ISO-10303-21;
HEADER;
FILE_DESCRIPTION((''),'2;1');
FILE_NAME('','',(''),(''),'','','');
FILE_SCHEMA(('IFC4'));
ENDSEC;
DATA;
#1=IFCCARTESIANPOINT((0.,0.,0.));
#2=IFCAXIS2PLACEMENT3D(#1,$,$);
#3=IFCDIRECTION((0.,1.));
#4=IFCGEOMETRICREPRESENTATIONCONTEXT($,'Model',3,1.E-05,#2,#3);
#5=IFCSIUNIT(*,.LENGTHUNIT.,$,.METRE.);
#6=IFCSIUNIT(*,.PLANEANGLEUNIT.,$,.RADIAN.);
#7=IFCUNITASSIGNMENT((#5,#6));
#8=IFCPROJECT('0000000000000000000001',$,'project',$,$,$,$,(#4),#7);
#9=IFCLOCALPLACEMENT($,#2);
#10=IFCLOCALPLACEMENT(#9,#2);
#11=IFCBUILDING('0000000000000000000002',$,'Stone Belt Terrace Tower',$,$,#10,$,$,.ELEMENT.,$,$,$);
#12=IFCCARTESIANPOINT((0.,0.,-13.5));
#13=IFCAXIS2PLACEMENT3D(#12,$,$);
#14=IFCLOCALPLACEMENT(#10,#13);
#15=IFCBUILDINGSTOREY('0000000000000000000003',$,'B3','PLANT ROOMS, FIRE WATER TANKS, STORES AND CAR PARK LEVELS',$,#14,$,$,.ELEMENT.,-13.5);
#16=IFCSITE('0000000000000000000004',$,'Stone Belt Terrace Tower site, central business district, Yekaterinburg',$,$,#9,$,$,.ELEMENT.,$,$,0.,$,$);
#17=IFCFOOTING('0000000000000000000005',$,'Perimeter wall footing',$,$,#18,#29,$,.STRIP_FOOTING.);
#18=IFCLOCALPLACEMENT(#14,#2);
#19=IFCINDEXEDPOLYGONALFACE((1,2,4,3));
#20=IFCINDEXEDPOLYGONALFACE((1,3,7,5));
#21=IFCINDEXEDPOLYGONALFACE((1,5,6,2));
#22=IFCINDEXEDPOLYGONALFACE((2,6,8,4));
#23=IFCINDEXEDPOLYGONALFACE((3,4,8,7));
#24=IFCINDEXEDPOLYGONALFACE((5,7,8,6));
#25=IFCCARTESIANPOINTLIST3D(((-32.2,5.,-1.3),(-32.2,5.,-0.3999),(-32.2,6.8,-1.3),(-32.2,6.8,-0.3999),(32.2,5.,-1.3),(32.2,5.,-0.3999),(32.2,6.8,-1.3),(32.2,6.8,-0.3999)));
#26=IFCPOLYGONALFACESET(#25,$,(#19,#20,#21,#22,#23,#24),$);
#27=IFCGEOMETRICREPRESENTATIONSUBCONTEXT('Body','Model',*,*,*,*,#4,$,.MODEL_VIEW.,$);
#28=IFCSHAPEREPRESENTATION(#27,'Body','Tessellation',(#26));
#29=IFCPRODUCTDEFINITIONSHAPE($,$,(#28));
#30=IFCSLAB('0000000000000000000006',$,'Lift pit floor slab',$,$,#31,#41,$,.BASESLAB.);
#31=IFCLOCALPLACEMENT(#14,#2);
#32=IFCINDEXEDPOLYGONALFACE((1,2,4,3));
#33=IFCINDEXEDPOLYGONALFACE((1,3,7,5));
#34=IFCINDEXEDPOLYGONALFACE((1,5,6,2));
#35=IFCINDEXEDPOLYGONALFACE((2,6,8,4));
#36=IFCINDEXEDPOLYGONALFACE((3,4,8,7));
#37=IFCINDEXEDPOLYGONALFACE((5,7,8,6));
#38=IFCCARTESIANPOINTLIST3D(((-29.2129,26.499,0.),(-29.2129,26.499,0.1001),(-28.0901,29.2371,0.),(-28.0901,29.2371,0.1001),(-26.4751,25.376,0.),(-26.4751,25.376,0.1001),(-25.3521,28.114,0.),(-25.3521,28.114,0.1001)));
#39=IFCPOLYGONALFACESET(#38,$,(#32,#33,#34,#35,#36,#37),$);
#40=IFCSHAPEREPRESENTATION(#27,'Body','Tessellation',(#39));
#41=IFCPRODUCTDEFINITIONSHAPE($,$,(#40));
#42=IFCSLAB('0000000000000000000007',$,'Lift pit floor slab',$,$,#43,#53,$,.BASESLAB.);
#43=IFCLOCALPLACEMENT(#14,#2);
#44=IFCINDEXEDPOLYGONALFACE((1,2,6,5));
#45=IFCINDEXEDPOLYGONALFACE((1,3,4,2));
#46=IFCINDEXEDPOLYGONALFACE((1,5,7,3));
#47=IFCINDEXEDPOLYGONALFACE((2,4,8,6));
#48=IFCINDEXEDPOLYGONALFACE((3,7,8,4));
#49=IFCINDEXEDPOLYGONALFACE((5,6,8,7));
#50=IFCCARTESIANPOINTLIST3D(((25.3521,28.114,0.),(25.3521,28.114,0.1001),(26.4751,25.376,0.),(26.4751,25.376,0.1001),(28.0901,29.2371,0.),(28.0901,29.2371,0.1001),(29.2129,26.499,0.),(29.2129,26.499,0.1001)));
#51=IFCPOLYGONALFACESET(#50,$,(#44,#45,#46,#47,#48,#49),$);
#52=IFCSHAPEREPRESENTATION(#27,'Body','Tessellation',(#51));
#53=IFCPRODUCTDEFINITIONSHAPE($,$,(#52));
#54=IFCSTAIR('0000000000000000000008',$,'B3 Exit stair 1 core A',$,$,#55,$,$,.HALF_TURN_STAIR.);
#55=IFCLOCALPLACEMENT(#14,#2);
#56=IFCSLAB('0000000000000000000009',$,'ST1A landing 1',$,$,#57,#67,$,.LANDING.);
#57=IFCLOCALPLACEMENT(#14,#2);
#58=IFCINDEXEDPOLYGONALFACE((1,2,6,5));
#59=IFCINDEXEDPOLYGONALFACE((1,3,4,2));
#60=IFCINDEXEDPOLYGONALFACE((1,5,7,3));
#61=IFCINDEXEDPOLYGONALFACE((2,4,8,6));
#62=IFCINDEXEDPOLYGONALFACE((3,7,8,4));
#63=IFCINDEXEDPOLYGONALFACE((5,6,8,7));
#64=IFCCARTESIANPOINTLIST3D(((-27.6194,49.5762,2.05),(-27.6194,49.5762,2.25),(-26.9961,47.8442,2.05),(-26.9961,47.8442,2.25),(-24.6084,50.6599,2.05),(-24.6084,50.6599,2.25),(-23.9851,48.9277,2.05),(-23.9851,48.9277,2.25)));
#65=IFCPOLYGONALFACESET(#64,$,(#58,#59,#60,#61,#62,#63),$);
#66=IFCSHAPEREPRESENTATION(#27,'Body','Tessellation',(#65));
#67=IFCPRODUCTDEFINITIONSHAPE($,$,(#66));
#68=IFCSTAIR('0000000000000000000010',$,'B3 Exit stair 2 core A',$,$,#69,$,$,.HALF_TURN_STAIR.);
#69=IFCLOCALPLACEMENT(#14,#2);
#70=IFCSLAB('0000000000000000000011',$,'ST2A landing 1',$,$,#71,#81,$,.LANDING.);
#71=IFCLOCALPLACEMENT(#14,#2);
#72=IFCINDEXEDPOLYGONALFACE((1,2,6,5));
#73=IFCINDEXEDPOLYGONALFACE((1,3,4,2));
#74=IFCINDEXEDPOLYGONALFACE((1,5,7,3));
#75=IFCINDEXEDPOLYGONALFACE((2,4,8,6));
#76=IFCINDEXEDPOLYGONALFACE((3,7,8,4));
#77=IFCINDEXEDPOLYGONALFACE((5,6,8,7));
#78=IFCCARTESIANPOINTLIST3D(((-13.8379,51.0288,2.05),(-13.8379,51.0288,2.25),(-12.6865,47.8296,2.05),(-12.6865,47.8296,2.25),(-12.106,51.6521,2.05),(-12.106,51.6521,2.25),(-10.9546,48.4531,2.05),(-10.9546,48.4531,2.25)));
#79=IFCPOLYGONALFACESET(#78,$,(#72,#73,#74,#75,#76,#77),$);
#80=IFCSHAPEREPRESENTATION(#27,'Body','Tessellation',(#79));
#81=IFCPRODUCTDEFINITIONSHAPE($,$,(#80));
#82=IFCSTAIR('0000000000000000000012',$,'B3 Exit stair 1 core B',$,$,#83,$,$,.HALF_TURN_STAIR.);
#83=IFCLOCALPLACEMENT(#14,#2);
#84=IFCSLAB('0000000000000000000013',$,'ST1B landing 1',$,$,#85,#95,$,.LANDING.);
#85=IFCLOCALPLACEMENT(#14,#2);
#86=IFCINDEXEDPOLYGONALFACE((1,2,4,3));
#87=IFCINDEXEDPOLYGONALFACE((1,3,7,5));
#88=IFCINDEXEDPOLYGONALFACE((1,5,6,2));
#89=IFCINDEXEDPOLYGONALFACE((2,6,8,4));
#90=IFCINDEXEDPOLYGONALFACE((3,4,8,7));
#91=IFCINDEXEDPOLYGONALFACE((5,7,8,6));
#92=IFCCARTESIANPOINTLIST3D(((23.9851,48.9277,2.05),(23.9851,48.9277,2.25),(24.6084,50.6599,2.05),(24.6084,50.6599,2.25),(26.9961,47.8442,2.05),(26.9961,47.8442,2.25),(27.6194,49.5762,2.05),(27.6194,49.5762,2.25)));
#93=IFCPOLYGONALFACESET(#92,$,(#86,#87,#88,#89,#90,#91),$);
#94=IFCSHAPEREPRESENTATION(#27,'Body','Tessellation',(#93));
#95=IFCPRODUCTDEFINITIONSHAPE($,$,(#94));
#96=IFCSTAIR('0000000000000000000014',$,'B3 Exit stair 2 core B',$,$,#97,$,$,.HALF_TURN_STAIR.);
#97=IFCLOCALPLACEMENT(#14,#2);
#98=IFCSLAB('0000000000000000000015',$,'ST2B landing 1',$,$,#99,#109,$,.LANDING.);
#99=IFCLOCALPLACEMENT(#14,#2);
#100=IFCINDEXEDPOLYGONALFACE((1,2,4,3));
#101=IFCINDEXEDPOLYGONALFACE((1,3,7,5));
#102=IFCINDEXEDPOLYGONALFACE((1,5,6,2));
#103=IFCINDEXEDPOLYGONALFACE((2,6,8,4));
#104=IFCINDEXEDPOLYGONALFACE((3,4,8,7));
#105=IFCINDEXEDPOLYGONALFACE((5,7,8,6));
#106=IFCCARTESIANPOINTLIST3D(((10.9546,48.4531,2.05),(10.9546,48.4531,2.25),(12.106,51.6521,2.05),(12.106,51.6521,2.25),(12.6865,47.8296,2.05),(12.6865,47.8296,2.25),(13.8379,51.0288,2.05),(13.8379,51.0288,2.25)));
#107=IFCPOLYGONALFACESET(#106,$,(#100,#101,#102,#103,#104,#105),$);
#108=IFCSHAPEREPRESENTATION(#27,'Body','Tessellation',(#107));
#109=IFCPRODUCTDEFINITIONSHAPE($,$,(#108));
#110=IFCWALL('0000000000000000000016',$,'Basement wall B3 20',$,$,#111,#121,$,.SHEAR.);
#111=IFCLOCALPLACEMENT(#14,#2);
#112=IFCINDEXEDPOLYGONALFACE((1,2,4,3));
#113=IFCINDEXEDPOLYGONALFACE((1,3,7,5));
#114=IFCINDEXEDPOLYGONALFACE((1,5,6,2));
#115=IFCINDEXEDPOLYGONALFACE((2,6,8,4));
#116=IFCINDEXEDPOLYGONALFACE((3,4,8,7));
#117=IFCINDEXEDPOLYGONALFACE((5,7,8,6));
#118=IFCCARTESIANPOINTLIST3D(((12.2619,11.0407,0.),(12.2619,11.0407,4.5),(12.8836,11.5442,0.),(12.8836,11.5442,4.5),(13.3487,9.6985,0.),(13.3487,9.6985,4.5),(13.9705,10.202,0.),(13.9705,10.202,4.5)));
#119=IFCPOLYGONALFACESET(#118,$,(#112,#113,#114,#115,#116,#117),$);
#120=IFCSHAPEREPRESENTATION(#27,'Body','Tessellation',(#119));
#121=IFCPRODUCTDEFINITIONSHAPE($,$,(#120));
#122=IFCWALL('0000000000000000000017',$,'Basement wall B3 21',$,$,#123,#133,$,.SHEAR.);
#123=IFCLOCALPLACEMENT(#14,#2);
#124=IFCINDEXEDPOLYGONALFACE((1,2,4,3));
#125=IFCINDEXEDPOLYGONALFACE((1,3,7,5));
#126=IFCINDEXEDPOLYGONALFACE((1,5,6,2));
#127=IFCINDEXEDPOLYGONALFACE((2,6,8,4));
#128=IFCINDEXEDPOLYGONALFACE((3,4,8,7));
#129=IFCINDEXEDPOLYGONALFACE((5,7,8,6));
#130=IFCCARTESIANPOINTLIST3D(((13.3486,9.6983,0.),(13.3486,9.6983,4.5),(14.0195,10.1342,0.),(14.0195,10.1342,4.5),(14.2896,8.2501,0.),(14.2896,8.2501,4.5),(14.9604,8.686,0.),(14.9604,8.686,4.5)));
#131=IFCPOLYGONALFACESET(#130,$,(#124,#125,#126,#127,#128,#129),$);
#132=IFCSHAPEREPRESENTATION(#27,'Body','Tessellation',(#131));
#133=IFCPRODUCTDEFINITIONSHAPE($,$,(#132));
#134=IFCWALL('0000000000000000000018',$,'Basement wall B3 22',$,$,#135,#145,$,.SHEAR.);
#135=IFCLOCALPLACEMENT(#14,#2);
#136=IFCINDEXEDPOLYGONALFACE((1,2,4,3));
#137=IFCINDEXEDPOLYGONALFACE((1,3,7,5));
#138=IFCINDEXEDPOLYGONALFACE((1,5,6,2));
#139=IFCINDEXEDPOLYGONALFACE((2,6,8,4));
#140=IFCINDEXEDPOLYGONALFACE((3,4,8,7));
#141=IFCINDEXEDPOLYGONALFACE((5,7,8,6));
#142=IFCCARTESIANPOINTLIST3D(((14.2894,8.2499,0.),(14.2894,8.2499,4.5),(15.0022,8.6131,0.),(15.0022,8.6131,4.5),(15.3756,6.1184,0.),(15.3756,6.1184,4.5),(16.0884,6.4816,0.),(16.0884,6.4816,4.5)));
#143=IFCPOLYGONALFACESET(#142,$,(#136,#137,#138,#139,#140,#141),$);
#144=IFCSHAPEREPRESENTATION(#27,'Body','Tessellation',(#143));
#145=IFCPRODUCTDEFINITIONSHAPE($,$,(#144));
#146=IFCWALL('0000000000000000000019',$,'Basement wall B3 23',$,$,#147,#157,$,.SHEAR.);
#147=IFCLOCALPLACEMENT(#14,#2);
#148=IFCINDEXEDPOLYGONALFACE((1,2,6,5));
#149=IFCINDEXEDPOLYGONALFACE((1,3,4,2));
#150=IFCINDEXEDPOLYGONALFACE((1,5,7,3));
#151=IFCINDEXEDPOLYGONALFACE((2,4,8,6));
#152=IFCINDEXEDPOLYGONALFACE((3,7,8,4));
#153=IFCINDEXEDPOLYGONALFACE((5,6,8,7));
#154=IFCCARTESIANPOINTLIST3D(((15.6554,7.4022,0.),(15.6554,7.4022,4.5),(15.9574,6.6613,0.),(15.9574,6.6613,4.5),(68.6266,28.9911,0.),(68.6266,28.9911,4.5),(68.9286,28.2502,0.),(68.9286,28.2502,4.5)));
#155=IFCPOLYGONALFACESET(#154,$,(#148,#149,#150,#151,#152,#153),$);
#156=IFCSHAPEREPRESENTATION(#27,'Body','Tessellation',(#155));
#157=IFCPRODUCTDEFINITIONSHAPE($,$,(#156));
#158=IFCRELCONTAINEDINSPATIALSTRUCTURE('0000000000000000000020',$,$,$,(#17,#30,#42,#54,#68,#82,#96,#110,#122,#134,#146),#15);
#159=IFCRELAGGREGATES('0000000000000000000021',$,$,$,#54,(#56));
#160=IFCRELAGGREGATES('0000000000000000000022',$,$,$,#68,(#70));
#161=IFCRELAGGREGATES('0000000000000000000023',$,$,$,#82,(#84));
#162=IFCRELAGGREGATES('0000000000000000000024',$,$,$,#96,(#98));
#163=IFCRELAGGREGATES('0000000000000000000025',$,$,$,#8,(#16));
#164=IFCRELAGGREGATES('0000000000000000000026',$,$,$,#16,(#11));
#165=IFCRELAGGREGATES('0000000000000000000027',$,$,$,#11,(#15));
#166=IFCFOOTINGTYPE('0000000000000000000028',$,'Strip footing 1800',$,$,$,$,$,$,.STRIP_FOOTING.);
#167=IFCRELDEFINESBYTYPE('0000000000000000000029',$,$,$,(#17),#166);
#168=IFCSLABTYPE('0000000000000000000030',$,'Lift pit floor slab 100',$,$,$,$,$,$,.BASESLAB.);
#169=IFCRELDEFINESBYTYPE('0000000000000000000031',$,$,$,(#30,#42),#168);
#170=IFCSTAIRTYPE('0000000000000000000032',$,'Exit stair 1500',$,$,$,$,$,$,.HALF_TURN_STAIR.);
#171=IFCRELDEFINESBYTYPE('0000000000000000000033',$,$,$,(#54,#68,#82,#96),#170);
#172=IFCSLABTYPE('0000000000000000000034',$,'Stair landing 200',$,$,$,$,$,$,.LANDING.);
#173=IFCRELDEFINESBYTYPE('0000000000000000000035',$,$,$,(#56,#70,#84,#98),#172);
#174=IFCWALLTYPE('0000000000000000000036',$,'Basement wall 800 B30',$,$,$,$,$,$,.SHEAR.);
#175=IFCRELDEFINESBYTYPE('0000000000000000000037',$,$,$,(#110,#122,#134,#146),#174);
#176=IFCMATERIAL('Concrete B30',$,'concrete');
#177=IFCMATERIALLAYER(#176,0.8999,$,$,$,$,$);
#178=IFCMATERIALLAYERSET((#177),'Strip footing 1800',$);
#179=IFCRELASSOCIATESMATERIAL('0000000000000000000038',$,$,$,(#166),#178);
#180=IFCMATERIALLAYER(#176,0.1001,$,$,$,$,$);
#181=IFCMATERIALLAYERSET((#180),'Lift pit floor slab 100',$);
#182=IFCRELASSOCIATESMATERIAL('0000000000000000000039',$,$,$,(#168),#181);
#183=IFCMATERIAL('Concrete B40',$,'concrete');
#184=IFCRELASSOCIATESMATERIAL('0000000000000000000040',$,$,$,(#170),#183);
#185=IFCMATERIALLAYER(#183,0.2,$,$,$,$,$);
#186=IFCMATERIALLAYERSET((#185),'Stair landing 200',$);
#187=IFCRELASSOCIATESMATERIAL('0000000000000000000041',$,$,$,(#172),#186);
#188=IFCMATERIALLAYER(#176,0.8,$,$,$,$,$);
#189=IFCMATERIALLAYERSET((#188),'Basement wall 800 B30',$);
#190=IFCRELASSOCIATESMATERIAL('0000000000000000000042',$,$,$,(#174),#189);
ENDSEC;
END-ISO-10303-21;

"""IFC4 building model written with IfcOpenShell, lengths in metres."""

from ifc_helpers import new_model, si_unit, direction, frame, frame_2d, origin, place, context, subcontext, project, spatial, polyline, rectangle, outline, extrude, material, layer, layer_set, type_object, element, aggregate, save


model = new_model("IFC4")

# Units and contexts
model_context = context("Model", 3, precision=1e-05, world=origin(), true_north=direction((0.0, 1.0)))
body_context = subcontext(model_context, "Body", "Model", "MODEL_VIEW")
ifc_project = project(units=[si_unit("LENGTHUNIT", "METRE"), si_unit("PLANEANGLEUNIT", "RADIAN")], contexts=[model_context])

# Site, building, storey
site_placement = place(None, origin())
site = spatial("IfcSite", under=ifc_project, at=site_placement, Name="Stone Belt Terrace Tower site, central business district, Yekaterinburg", CompositionType="ELEMENT", RefElevation=0.0)
building_placement = place(site_placement, origin())
building = spatial("IfcBuilding", under=site, at=building_placement, Name="Stone Belt Terrace Tower", CompositionType="ELEMENT")
storey_placement = place(building_placement, frame((0.0, 0.0, -13.5)))
storey = spatial("IfcBuildingStorey", under=building, at=storey_placement, Name="B3", Description="PLANT ROOMS, FIRE WATER TANKS, STORES AND CAR PARK LEVELS", CompositionType="ELEMENT", Elevation=-13.5)

# Footing
ifc_material_1 = material(Name="Concrete B30", Category="concrete")
ifc_layer_1 = layer(ifc_material_1, 0.8999)
ifc_layer_set_1 = layer_set([ifc_layer_1], Name="Strip footing 1800")
footing_type_1 = type_object("IfcFootingType", Name="Strip footing 1800", PredefinedType="STRIP_FOOTING", material=ifc_layer_set_1)
footing_1_placement = place(storey_placement, frame((0.0, 0.0, -1.3)))
element("IfcFooting", 1, at=footing_1_placement, inside=storey, type_object=footing_type_1, Name="Perimeter wall footing", PredefinedType="STRIP_FOOTING", context=body_context, shape_type="SweptSolid", body=[
    extrude(outline(polyline([(-32.2, 5.0), (32.2, 5.0), (32.2, 6.8), (-32.2, 6.8), (-32.2, 5.0)])), origin(), (0.0, 0.0, 1.0), 0.9001),
])

# Slabs
ifc_layer_2 = layer(ifc_material_1, 0.1001)
ifc_layer_set_2 = layer_set([ifc_layer_2], Name="Lift pit floor slab 100")
slab_type_1 = type_object("IfcSlabType", Name="Lift pit floor slab 100", PredefinedType="BASESLAB", material=ifc_layer_set_2)
slab_1_placement = place(storey_placement, origin())
element("IfcSlab", 2, at=slab_1_placement, inside=storey, type_object=slab_type_1, Name="Lift pit floor slab", PredefinedType="BASESLAB", context=body_context, shape_type="SweptSolid", body=[
    extrude(outline(polyline([(-29.2129, 26.499), (-28.0901, 29.2371), (-25.3521, 28.114), (-26.4751, 25.376), (-29.2129, 26.499)])), origin(), (0.0, 0.0, 1.0), 0.1001),
])
slab_2_placement = place(storey_placement, origin())
element("IfcSlab", 3, at=slab_2_placement, inside=storey, type_object=slab_type_1, Name="Lift pit floor slab", PredefinedType="BASESLAB", context=body_context, shape_type="SweptSolid", body=[
    extrude(outline(polyline([(25.3521, 28.114), (28.0901, 29.2371), (29.2129, 26.499), (26.4751, 25.376), (25.3521, 28.114)])), origin(), (0.0, 0.0, 1.0), 0.1001),
])

# Stairs, slabs
ifc_material_2 = material(Name="Concrete B40", Category="concrete")
stair_type = type_object("IfcStairType", Name="Exit stair 1500", PredefinedType="HALF_TURN_STAIR", material=ifc_material_2)
stair_1_placement = place(storey_placement, origin())
stair_1 = element("IfcStair", 4, at=stair_1_placement, inside=storey, type_object=stair_type, Name="B3 Exit stair 1 core A", PredefinedType="HALF_TURN_STAIR")
ifc_layer_3 = layer(ifc_material_2, 0.2)
ifc_layer_set_3 = layer_set([ifc_layer_3], Name="Stair landing 200")
slab_type_2 = type_object("IfcSlabType", Name="Stair landing 200", PredefinedType="LANDING", material=ifc_layer_set_3)
slab_3_placement = place(storey_placement, frame((0.0, 0.0, 2.05)))
slab_3 = element("IfcSlab", 5, at=slab_3_placement, type_object=slab_type_2, Name="ST1A landing 1", PredefinedType="LANDING", context=body_context, shape_type="SweptSolid", body=[
    extrude(outline(polyline([(-23.9851, 48.9277), (-24.6084, 50.6599), (-27.6194, 49.5762), (-26.9961, 47.8442), (-23.9851, 48.9277)])), origin(), (0.0, 0.0, 1.0), 0.2),
])
aggregate(stair_1, [slab_3])
stair_2_placement = place(storey_placement, origin())
stair_2 = element("IfcStair", 6, at=stair_2_placement, inside=storey, type_object=stair_type, Name="B3 Exit stair 2 core A", PredefinedType="HALF_TURN_STAIR")
slab_4_placement = place(storey_placement, frame((0.0, 0.0, 2.05)))
slab_4 = element("IfcSlab", 7, at=slab_4_placement, type_object=slab_type_2, Name="ST2A landing 1", PredefinedType="LANDING", context=body_context, shape_type="SweptSolid", body=[
    extrude(outline(polyline([(-12.6865, 47.8296), (-10.9546, 48.4531), (-12.106, 51.6521), (-13.8379, 51.0288), (-12.6865, 47.8296)])), origin(), (0.0, 0.0, 1.0), 0.2),
])
aggregate(stair_2, [slab_4])
stair_3_placement = place(storey_placement, origin())
stair_3 = element("IfcStair", 8, at=stair_3_placement, inside=storey, type_object=stair_type, Name="B3 Exit stair 1 core B", PredefinedType="HALF_TURN_STAIR")
slab_5_placement = place(storey_placement, frame((0.0, 0.0, 2.05)))
slab_5 = element("IfcSlab", 9, at=slab_5_placement, type_object=slab_type_2, Name="ST1B landing 1", PredefinedType="LANDING", context=body_context, shape_type="SweptSolid", body=[
    extrude(outline(polyline([(26.9961, 47.8442), (27.6194, 49.5762), (24.6084, 50.6599), (23.9851, 48.9277), (26.9961, 47.8442)])), origin(), (0.0, 0.0, 1.0), 0.2),
])
aggregate(stair_3, [slab_5])
stair_4_placement = place(storey_placement, origin())
stair_4 = element("IfcStair", 10, at=stair_4_placement, inside=storey, type_object=stair_type, Name="B3 Exit stair 2 core B", PredefinedType="HALF_TURN_STAIR")
slab_6_placement = place(storey_placement, frame((0.0, 0.0, 2.05)))
slab_6 = element("IfcSlab", 11, at=slab_6_placement, type_object=slab_type_2, Name="ST2B landing 1", PredefinedType="LANDING", context=body_context, shape_type="SweptSolid", body=[
    extrude(outline(polyline([(13.8379, 51.0288), (12.106, 51.6521), (10.9546, 48.4531), (12.6865, 47.8296), (13.8379, 51.0288)])), origin(), (0.0, 0.0, 1.0), 0.2),
])
aggregate(stair_4, [slab_6])

# Walls
ifc_layer_4 = layer(ifc_material_1, 0.8)
ifc_layer_set_4 = layer_set([ifc_layer_4], Name="Basement wall 800 B30")
wall_type = type_object("IfcWallType", Name="Basement wall 800 B30", PredefinedType="SHEAR", material=ifc_layer_set_4)
for number, where, z_axis, x_axis, name in (
    (12, (12.5728, 11.2925, 0.0), (0.0, 0.0, 1.0), (0.629304, -0.777159, 0.0), "Basement wall B3 20"),
    (13, (13.6841, 9.9163, 0.0), (0.0, 0.0, 1.0), (0.544809, -0.83856, 0.0), "Basement wall B3 21"),
):
    element("IfcWall", number, at=place(storey_placement, frame(where, z_axis=z_axis, x_axis=x_axis)), inside=storey, type_object=wall_type, Name=name, PredefinedType="SHEAR", context=body_context, shape_type="SweptSolid", body=[
        extrude(rectangle(XDim=1.7271, YDim=0.8, at=frame_2d((0.8635, 0.0))), origin(), (0.0, 0.0, 1.0), 4.5),
    ])
wall_1_placement = place(storey_placement, frame((14.6458, 8.4316, 0.0), z_axis=(0.0, 0.0, 1.0), x_axis=(0.454018, -0.890993, 0.0)))
element("IfcWall", 14, at=wall_1_placement, inside=storey, type_object=wall_type, Name="Basement wall B3 22", PredefinedType="SHEAR", context=body_context, shape_type="SweptSolid", body=[
    extrude(rectangle(XDim=2.3923, YDim=0.8, at=frame_2d((1.1963, 0.0))), origin(), (0.0, 0.0, 1.0), 4.5),
])
wall_2_placement = place(storey_placement, frame((15.8064, 7.0317, 0.0), z_axis=(0.0, 0.0, 1.0), x_axis=(0.926043, 0.377417, 0.0)))
element("IfcWall", 15, at=wall_2_placement, inside=storey, type_object=wall_type, Name="Basement wall B3 23", PredefinedType="SHEAR", context=body_context, shape_type="SweptSolid", body=[
    extrude(rectangle(XDim=57.2017, YDim=0.8, at=frame_2d((28.6008, 0.0))), origin(), (0.0, 0.0, 1.0), 4.5),
])

save(model, "model.ifc")
